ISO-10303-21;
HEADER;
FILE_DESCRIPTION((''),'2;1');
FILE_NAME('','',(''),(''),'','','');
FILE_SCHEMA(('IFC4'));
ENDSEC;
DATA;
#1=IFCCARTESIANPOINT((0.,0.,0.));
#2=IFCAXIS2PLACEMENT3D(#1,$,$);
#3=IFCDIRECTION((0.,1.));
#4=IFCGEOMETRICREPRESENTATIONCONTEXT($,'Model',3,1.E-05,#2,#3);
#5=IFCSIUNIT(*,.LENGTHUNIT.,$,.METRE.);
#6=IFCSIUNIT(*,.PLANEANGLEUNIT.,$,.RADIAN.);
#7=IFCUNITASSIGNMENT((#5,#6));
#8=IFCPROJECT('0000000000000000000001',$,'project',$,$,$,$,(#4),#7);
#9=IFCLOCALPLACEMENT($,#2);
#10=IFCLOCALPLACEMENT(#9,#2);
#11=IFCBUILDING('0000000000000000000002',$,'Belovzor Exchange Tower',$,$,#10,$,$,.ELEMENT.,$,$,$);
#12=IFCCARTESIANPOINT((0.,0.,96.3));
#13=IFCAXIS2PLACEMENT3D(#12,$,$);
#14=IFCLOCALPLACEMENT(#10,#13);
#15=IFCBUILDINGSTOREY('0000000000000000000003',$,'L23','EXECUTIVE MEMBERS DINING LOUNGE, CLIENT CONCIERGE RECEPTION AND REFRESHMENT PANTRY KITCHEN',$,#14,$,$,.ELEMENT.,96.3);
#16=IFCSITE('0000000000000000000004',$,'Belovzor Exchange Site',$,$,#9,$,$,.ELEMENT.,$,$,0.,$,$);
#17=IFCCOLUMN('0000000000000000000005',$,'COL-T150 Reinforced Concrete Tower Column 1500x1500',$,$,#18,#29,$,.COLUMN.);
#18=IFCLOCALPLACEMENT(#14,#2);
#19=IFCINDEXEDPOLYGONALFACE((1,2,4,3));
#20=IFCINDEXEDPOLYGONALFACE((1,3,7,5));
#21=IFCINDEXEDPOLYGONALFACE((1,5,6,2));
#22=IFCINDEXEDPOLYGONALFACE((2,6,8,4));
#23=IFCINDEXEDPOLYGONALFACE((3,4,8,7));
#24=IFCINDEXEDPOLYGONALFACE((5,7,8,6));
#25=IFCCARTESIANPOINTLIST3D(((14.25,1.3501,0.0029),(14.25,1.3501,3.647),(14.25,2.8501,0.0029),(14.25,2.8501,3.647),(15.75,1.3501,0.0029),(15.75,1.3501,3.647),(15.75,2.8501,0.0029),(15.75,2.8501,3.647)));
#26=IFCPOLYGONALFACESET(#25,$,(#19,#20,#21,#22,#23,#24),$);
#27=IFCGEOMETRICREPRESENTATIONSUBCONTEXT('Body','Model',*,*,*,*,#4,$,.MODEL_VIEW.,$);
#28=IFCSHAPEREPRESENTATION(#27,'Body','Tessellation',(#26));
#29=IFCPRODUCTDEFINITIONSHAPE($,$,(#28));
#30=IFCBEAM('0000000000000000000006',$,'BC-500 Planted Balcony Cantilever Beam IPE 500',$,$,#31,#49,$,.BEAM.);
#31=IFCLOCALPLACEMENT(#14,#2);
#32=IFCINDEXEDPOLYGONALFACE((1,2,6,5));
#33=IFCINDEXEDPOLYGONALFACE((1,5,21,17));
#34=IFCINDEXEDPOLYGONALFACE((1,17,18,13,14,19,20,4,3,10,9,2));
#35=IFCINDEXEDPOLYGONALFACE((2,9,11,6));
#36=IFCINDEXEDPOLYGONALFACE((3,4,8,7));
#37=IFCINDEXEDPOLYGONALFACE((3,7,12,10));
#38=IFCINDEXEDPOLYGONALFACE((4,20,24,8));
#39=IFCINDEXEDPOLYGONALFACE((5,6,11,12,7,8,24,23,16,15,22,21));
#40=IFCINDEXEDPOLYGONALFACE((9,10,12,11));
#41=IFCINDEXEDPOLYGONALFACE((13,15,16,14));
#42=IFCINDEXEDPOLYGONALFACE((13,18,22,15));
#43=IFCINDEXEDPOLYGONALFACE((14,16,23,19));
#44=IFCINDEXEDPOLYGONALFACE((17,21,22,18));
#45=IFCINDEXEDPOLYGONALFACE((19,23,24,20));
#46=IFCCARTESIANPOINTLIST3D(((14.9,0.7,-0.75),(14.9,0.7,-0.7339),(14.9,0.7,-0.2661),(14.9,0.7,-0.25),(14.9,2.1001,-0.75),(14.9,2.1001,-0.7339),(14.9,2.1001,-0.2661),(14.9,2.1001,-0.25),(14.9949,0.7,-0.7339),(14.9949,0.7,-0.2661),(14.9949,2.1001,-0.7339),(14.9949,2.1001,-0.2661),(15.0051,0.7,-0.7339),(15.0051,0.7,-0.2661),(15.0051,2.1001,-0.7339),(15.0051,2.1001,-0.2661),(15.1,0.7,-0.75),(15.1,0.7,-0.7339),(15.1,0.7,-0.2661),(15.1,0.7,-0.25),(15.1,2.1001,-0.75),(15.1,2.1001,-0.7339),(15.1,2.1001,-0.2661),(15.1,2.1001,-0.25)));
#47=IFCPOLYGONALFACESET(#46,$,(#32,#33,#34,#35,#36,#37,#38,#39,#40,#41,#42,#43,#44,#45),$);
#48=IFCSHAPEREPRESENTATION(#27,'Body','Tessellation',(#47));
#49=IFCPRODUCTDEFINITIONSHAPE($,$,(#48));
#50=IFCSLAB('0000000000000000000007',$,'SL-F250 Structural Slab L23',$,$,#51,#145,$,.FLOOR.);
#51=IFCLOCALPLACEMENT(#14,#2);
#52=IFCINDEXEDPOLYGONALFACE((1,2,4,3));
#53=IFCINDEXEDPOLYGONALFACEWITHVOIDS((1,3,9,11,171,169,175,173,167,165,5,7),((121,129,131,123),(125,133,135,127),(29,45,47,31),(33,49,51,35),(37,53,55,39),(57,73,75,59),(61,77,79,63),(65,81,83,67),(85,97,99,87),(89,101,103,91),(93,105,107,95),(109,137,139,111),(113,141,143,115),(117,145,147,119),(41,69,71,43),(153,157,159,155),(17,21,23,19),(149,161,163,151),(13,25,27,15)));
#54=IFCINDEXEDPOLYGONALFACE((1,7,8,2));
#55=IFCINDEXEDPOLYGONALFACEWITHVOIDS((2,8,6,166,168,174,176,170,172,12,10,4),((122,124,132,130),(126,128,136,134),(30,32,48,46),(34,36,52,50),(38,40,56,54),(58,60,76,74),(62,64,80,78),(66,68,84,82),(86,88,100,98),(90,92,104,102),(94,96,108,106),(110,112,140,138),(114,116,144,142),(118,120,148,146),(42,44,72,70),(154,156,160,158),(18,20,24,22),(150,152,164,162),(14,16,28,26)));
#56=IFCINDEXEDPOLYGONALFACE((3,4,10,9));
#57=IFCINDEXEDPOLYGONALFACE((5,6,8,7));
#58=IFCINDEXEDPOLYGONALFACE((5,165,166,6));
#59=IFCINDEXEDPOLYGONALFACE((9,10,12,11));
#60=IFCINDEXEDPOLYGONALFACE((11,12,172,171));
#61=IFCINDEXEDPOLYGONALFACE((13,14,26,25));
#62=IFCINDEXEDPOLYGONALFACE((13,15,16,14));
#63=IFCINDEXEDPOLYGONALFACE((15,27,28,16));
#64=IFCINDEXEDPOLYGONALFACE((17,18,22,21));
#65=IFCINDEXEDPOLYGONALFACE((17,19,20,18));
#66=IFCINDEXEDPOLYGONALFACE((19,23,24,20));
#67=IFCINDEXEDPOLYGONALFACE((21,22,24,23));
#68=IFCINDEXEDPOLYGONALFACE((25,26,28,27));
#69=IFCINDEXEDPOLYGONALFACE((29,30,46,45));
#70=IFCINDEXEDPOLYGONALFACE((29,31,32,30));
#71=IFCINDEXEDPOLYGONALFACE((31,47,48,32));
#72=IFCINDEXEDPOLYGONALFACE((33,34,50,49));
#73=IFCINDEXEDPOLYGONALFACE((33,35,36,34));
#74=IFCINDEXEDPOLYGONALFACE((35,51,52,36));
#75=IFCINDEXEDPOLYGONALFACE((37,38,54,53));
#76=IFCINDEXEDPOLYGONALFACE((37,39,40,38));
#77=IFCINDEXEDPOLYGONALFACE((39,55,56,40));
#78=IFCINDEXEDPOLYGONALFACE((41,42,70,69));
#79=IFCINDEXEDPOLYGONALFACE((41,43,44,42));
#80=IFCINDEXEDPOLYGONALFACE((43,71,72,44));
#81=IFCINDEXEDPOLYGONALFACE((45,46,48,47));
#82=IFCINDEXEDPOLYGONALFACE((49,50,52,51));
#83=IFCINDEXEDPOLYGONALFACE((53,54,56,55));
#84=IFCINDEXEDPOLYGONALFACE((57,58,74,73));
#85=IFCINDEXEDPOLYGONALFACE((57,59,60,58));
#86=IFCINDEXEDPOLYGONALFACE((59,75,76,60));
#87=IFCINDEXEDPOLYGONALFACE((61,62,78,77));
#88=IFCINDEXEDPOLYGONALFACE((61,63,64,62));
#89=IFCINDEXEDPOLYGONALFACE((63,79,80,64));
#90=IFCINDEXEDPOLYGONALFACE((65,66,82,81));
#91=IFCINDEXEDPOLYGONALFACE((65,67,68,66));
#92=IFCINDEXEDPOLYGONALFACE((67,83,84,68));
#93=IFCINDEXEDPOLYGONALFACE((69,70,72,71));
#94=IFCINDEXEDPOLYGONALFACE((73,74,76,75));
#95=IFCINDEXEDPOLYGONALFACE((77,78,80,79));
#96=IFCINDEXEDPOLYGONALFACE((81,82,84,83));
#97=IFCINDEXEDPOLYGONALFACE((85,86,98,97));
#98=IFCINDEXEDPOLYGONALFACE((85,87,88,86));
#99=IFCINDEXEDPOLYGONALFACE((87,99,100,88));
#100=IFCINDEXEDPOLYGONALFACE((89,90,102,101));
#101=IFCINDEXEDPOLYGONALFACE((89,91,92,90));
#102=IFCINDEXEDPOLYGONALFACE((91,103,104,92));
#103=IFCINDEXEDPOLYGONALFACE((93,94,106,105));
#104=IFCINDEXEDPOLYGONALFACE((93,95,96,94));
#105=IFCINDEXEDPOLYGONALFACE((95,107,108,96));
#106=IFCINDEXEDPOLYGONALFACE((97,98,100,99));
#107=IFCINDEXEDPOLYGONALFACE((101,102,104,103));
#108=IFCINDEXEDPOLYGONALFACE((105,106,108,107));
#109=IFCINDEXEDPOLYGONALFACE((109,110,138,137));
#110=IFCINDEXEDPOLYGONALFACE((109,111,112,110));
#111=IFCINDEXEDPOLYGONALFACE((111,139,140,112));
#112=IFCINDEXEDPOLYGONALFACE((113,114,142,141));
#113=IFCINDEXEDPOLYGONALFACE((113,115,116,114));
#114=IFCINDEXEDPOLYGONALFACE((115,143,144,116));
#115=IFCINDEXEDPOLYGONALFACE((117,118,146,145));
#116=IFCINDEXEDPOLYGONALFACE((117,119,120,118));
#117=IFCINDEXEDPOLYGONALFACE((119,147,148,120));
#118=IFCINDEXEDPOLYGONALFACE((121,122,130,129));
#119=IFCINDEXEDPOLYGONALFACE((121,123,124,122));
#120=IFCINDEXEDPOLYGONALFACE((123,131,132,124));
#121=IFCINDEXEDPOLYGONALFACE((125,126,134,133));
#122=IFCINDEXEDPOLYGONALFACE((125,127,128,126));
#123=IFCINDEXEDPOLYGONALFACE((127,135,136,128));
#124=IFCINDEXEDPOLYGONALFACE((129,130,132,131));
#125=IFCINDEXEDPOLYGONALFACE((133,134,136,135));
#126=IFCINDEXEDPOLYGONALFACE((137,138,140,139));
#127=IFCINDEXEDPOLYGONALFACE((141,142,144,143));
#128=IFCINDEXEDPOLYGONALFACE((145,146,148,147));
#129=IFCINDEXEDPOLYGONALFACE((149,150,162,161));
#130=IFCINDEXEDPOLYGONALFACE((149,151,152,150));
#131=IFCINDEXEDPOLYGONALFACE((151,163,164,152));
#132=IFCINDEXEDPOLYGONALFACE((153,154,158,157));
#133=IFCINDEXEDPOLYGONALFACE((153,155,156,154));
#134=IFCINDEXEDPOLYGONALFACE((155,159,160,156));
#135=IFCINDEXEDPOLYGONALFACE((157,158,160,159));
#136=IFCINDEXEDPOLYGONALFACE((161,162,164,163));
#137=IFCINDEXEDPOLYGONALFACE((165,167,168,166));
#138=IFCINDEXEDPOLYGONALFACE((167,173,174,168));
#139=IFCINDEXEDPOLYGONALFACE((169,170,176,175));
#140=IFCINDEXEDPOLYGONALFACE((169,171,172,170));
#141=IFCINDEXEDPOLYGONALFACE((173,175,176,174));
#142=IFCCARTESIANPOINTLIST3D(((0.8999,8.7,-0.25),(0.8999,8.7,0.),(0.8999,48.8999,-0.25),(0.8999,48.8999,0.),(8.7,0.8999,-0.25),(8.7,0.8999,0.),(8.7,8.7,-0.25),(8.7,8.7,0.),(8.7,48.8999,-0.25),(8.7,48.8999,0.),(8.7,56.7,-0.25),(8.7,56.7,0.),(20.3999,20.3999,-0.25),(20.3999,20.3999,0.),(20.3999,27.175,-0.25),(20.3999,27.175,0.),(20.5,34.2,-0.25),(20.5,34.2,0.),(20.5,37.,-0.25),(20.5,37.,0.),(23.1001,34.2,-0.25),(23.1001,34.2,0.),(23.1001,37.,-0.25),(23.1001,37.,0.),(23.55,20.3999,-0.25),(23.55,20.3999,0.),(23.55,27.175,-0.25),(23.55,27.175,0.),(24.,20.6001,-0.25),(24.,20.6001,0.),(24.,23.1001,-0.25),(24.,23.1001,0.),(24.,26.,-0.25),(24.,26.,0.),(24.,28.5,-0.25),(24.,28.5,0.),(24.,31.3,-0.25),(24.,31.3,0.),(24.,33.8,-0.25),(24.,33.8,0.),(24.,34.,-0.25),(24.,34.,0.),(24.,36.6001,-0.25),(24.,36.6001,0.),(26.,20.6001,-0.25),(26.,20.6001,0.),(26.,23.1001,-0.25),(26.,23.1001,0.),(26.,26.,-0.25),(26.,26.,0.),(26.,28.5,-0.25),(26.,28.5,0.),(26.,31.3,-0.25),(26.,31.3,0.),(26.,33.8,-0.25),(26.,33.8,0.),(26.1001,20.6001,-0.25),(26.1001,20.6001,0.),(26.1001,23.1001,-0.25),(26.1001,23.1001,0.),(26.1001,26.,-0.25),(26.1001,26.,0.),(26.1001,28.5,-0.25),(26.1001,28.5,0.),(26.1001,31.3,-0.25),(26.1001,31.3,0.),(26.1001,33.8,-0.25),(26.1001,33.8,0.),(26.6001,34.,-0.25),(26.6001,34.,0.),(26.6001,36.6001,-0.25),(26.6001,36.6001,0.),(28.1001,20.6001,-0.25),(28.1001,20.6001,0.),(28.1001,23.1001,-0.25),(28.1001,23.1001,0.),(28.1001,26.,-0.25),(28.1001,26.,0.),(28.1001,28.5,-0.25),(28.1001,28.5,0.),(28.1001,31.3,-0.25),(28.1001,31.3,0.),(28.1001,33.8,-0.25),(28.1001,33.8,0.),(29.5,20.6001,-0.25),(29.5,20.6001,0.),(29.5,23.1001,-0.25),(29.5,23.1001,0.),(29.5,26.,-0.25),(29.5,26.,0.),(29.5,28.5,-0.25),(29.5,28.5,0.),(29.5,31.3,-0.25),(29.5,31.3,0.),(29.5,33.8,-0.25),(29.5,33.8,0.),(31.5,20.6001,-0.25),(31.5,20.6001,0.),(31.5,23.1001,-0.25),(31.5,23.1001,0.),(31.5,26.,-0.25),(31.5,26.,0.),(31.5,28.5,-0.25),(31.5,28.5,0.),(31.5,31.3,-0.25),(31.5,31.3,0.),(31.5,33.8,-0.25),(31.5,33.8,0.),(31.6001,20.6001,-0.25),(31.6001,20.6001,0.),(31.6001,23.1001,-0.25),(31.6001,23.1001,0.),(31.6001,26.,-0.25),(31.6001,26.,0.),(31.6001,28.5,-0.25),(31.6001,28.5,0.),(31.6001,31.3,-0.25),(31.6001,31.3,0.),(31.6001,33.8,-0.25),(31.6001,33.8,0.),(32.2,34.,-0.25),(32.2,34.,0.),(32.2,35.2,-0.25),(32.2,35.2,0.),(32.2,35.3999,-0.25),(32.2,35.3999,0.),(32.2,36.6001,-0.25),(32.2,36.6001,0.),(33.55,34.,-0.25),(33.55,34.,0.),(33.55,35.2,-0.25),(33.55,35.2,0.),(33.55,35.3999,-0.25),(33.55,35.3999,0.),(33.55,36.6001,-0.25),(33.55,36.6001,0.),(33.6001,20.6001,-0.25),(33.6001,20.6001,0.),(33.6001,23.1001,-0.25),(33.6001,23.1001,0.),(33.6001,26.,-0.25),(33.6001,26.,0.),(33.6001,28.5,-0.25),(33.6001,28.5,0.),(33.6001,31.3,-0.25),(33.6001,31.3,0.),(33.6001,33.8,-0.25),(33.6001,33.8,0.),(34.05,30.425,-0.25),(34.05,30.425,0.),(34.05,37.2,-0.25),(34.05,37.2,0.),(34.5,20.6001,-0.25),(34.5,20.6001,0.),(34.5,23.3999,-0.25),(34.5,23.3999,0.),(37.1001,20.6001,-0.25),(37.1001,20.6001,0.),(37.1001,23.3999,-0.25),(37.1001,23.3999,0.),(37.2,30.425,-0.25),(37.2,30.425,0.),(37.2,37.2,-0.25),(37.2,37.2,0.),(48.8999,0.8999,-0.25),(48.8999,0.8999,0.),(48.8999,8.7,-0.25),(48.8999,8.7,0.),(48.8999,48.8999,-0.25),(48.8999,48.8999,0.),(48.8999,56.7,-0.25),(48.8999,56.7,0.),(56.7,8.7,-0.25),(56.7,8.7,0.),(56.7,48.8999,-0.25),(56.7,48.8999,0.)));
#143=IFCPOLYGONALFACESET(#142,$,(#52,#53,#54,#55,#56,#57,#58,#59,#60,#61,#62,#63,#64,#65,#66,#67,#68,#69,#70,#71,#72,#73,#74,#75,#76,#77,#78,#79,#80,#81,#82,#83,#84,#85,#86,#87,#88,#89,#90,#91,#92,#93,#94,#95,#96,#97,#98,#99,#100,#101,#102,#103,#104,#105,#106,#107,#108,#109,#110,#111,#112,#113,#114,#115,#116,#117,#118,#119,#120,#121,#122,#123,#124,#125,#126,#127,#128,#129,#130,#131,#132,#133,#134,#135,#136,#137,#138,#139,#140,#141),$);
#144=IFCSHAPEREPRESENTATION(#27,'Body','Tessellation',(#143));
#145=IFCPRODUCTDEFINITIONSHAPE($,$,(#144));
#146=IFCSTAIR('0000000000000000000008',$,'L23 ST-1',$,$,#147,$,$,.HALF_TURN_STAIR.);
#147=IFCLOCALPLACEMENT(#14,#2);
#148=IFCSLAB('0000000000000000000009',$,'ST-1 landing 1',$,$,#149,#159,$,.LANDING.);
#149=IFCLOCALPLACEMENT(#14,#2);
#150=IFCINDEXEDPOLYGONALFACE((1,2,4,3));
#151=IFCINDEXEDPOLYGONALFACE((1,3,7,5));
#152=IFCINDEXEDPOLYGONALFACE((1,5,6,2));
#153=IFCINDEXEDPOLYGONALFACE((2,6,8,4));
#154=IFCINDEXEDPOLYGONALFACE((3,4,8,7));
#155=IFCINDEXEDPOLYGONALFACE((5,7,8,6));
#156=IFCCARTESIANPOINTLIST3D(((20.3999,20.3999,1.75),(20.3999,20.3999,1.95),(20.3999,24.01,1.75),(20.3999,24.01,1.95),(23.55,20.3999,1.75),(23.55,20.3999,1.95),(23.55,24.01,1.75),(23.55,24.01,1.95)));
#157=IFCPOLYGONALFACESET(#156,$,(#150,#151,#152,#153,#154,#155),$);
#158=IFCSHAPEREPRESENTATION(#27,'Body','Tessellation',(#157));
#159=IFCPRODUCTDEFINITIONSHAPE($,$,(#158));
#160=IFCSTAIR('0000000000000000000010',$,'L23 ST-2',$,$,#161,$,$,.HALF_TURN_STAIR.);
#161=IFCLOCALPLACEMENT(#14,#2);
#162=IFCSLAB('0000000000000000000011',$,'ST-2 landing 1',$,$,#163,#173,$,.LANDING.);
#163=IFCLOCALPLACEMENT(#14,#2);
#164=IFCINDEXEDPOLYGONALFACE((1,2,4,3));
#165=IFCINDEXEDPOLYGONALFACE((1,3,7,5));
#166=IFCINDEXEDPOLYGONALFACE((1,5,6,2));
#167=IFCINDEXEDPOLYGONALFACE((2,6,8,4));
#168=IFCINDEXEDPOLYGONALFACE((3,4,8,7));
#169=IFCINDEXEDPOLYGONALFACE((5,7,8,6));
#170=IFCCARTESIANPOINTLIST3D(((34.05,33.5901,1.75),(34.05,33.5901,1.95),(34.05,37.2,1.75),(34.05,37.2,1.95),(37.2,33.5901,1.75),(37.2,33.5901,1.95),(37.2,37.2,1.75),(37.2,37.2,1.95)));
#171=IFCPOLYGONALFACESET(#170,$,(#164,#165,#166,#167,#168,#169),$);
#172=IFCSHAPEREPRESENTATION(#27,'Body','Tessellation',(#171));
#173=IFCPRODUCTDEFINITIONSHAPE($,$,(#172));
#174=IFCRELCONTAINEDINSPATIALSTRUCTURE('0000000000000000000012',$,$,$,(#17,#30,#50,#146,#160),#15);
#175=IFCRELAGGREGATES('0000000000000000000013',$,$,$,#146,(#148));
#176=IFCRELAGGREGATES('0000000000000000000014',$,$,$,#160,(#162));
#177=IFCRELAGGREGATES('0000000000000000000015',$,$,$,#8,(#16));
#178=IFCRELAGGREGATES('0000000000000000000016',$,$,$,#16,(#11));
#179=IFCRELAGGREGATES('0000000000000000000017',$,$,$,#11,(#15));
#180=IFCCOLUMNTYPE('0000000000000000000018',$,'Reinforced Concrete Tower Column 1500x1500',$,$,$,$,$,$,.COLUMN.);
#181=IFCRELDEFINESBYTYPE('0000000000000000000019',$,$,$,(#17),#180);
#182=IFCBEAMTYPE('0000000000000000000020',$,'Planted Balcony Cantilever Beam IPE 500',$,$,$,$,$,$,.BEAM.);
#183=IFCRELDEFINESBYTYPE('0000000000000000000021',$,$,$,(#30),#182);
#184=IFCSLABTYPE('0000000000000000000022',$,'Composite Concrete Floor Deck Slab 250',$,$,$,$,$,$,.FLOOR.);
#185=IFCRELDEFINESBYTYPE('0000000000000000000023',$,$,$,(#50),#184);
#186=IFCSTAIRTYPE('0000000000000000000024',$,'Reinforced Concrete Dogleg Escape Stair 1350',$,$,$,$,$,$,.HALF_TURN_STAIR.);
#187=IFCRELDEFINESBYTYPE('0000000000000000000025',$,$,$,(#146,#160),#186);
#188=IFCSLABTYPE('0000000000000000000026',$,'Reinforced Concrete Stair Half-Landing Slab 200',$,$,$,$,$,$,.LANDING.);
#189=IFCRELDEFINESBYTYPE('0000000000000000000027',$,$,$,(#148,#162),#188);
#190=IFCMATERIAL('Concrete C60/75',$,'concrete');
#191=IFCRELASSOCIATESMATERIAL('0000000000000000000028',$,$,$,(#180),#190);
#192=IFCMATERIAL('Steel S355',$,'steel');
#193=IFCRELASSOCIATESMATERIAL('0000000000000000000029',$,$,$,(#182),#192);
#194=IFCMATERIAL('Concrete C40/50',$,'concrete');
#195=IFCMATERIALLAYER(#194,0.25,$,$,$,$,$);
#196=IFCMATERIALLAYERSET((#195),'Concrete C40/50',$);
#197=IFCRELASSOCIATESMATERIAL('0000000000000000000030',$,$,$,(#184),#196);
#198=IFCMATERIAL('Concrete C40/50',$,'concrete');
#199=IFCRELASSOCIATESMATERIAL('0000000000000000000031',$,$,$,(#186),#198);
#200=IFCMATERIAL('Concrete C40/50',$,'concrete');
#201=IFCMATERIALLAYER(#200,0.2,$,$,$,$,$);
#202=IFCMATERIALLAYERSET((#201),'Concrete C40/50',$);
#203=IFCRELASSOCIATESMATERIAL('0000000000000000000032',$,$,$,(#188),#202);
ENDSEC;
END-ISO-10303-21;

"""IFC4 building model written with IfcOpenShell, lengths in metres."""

from ifc_helpers import new_model, si_unit, direction, frame, origin, origin_2d, place, context, subcontext, project, spatial, polyline, rectangle, i_section, outline, extrude, material, layer, layer_set, material_profile, profile_set, type_object, element, aggregate, save


model = new_model("IFC4")

# Units and contexts
model_context = context("Model", 3, precision=1e-05, world=origin(), true_north=direction((0.0, 1.0)))
body_context = subcontext(model_context, "Body", "Model", "MODEL_VIEW")
ifc_project = project(units=[si_unit("LENGTHUNIT", "METRE"), si_unit("PLANEANGLEUNIT", "RADIAN")], contexts=[model_context])

# Site, building, storey
site_placement = place(None, origin())
site = spatial("IfcSite", under=ifc_project, at=site_placement, Name="Belovzor Exchange Site", CompositionType="ELEMENT", RefElevation=0.0)
building_placement = place(site_placement, origin())
building = spatial("IfcBuilding", under=site, at=building_placement, Name="Belovzor Exchange Tower", CompositionType="ELEMENT")
storey_placement = place(building_placement, frame((0.0, 0.0, 96.3)))
storey = spatial("IfcBuildingStorey", under=building, at=storey_placement, Name="L23", Description="EXECUTIVE MEMBERS DINING LOUNGE, CLIENT CONCIERGE RECEPTION AND REFRESHMENT PANTRY KITCHEN", CompositionType="ELEMENT", Elevation=96.3)

# Column
ifc_material_1 = material(Name="Concrete C60/75", Category="concrete")
ifc_material_profile_1 = material_profile(ifc_material_1, rectangle(XDim=1.5, YDim=1.5, at=origin_2d()))
ifc_profile_set_1 = profile_set([ifc_material_profile_1], Name="Concrete C60/75")
column_type = type_object("IfcColumnType", Name="Reinforced Concrete Tower Column 1500x1500", PredefinedType="COLUMN", material=ifc_profile_set_1)
column_placement = place(storey_placement, frame((15.0, 2.1001, 0.0029), z_axis=(0.0, 0.0, 1.0), x_axis=(1.0, 0.0, 0.0)))
element("IfcColumn", 1, at=column_placement, inside=storey, type_object=column_type, Name="COL-T150 Reinforced Concrete Tower Column 1500x1500", PredefinedType="COLUMN", context=body_context, shape_type="SweptSolid", body=[
    extrude(rectangle(XDim=1.5, YDim=1.5, at=origin_2d()), origin(), (0.0, 0.0, 1.0), 3.644),
])

# Beam
ifc_material_2 = material(Name="Steel S355", Category="steel")
ifc_material_profile_2 = material_profile(ifc_material_2, i_section(OverallWidth=0.2, OverallDepth=0.5, WebThickness=0.0103, FlangeThickness=0.0161, at=origin_2d()))
ifc_profile_set_2 = profile_set([ifc_material_profile_2], Name="Steel S355")
beam_type = type_object("IfcBeamType", Name="Planted Balcony Cantilever Beam IPE 500", PredefinedType="BEAM", material=ifc_profile_set_2)
beam_placement = place(storey_placement, frame((15.0, 2.1001, -0.5), z_axis=(0.0, -1.0, 0.0), x_axis=(1.0, 0.0, 0.0)))
element("IfcBeam", 2, at=beam_placement, inside=storey, type_object=beam_type, Name="BC-500 Planted Balcony Cantilever Beam IPE 500", PredefinedType="BEAM", context=body_context, shape_type="SweptSolid", body=[
    extrude(i_section(OverallWidth=0.2, OverallDepth=0.5, WebThickness=0.0103, FlangeThickness=0.0161, at=origin_2d()), origin(), (0.0, 0.0, 1.0), 1.4001),
])

# Slab
ifc_material_3 = material(Name="Concrete C40/50", Category="concrete")
ifc_layer_1 = layer(ifc_material_3, 0.25)
ifc_layer_set_1 = layer_set([ifc_layer_1], Name="Concrete C40/50")
slab_type_1 = type_object("IfcSlabType", Name="Composite Concrete Floor Deck Slab 250", PredefinedType="FLOOR", material=ifc_layer_set_1)
slab_1_placement = place(storey_placement, frame((0.0, 0.0, -0.25)))
element("IfcSlab", 3, at=slab_1_placement, inside=storey, type_object=slab_type_1, Name="SL-F250 Structural Slab L23", PredefinedType="FLOOR", context=body_context, shape_type="SweptSolid", body=[
    extrude(outline(polyline([(8.7, 0.8999), (48.8999, 0.8999), (48.8999, 8.7), (56.7, 8.7), (56.7, 48.8999), (48.8999, 48.8999), (48.8999, 56.7), (8.7, 56.7), (8.7, 48.8999), (0.8999, 48.8999), (0.8999, 8.7), (8.7, 8.7), (8.7, 0.8999)]), holes=[polyline([(20.3999, 27.175), (20.3999, 20.3999), (23.55, 20.3999), (23.55, 27.175), (20.3999, 27.175)]), polyline([(37.2, 30.425), (37.2, 37.2), (34.05, 37.2), (34.05, 30.425), (37.2, 30.425)]), polyline([(20.5, 34.2), (23.1001, 34.2), (23.1001, 37.0), (20.5, 37.0), (20.5, 34.2)]), polyline([(34.5, 20.6001), (37.1001, 20.6001), (37.1001, 23.3999), (34.5, 23.3999), (34.5, 20.6001)]), polyline([(24.0, 34.0), (26.6001, 34.0), (26.6001, 36.6001), (24.0, 36.6001), (24.0, 34.0)]), polyline([(24.0, 20.6001), (26.0, 20.6001), (26.0, 23.1001), (24.0, 23.1001), (24.0, 20.6001)]), polyline([(26.1001, 20.6001), (28.1001, 20.6001), (28.1001, 23.1001), (26.1001, 23.1001), (26.1001, 20.6001)]), polyline([(29.5, 20.6001), (31.5, 20.6001), (31.5, 23.1001), (29.5, 23.1001), (29.5, 20.6001)]), polyline([(31.6001, 20.6001), (33.6001, 20.6001), (33.6001, 23.1001), (31.6001, 23.1001), (31.6001, 20.6001)]), polyline([(24.0, 26.0), (26.0, 26.0), (26.0, 28.5), (24.0, 28.5), (24.0, 26.0)]), polyline([(26.1001, 26.0), (28.1001, 26.0), (28.1001, 28.5), (26.1001, 28.5), (26.1001, 26.0)]), polyline([(29.5, 26.0), (31.5, 26.0), (31.5, 28.5), (29.5, 28.5), (29.5, 26.0)]), polyline([(31.6001, 26.0), (33.6001, 26.0), (33.6001, 28.5), (31.6001, 28.5), (31.6001, 26.0)]), polyline([(24.0, 31.3), (26.0, 31.3), (26.0, 33.8), (24.0, 33.8), (24.0, 31.3)]), polyline([(26.1001, 31.3), (28.1001, 31.3), (28.1001, 33.8), (26.1001, 33.8), (26.1001, 31.3)]), polyline([(29.5, 31.3), (31.5, 31.3), (31.5, 33.8), (29.5, 33.8), (29.5, 31.3)]), polyline([(31.6001, 31.3), (33.6001, 31.3), (33.6001, 33.8), (31.6001, 33.8), (31.6001, 31.3)]), polyline([(32.2, 34.0), (33.55, 34.0), (33.55, 35.2), (32.2, 35.2), (32.2, 34.0)]), polyline([(32.2, 35.3999), (33.55, 35.3999), (33.55, 36.6001), (32.2, 36.6001), (32.2, 35.3999)])]), origin(), (0.0, 0.0, 1.0), 0.25),
])

# Stairs, slabs
ifc_material_4 = material(Name="Concrete C40/50", Category="concrete")
stair_type = type_object("IfcStairType", Name="Reinforced Concrete Dogleg Escape Stair 1350", PredefinedType="HALF_TURN_STAIR", material=ifc_material_4)
stair_1_placement = place(storey_placement, origin())
stair_1 = element("IfcStair", 4, at=stair_1_placement, inside=storey, type_object=stair_type, Name="L23 ST-1", PredefinedType="HALF_TURN_STAIR")
ifc_material_5 = material(Name="Concrete C40/50", Category="concrete")
ifc_layer_2 = layer(ifc_material_5, 0.2)
ifc_layer_set_2 = layer_set([ifc_layer_2], Name="Concrete C40/50")
slab_type_2 = type_object("IfcSlabType", Name="Reinforced Concrete Stair Half-Landing Slab 200", PredefinedType="LANDING", material=ifc_layer_set_2)
slab_2_placement = place(storey_placement, frame((0.0, 0.0, 1.75)))
slab_2 = element("IfcSlab", 5, at=slab_2_placement, type_object=slab_type_2, Name="ST-1 landing 1", PredefinedType="LANDING", context=body_context, shape_type="SweptSolid", body=[
    extrude(outline(polyline([(20.3999, 24.01), (20.3999, 20.3999), (23.55, 20.3999), (23.55, 24.01), (20.3999, 24.01)])), origin(), (0.0, 0.0, 1.0), 0.2),
])
aggregate(stair_1, [slab_2])
stair_2_placement = place(storey_placement, origin())
stair_2 = element("IfcStair", 6, at=stair_2_placement, inside=storey, type_object=stair_type, Name="L23 ST-2", PredefinedType="HALF_TURN_STAIR")
slab_3_placement = place(storey_placement, frame((0.0, 0.0, 1.75)))
slab_3 = element("IfcSlab", 7, at=slab_3_placement, type_object=slab_type_2, Name="ST-2 landing 1", PredefinedType="LANDING", context=body_context, shape_type="SweptSolid", body=[
    extrude(outline(polyline([(37.2, 33.5901), (37.2, 37.2), (34.05, 37.2), (34.05, 33.5901), (37.2, 33.5901)])), origin(), (0.0, 0.0, 1.0), 0.2),
])
aggregate(stair_2, [slab_3])

save(model, "model.ifc")
